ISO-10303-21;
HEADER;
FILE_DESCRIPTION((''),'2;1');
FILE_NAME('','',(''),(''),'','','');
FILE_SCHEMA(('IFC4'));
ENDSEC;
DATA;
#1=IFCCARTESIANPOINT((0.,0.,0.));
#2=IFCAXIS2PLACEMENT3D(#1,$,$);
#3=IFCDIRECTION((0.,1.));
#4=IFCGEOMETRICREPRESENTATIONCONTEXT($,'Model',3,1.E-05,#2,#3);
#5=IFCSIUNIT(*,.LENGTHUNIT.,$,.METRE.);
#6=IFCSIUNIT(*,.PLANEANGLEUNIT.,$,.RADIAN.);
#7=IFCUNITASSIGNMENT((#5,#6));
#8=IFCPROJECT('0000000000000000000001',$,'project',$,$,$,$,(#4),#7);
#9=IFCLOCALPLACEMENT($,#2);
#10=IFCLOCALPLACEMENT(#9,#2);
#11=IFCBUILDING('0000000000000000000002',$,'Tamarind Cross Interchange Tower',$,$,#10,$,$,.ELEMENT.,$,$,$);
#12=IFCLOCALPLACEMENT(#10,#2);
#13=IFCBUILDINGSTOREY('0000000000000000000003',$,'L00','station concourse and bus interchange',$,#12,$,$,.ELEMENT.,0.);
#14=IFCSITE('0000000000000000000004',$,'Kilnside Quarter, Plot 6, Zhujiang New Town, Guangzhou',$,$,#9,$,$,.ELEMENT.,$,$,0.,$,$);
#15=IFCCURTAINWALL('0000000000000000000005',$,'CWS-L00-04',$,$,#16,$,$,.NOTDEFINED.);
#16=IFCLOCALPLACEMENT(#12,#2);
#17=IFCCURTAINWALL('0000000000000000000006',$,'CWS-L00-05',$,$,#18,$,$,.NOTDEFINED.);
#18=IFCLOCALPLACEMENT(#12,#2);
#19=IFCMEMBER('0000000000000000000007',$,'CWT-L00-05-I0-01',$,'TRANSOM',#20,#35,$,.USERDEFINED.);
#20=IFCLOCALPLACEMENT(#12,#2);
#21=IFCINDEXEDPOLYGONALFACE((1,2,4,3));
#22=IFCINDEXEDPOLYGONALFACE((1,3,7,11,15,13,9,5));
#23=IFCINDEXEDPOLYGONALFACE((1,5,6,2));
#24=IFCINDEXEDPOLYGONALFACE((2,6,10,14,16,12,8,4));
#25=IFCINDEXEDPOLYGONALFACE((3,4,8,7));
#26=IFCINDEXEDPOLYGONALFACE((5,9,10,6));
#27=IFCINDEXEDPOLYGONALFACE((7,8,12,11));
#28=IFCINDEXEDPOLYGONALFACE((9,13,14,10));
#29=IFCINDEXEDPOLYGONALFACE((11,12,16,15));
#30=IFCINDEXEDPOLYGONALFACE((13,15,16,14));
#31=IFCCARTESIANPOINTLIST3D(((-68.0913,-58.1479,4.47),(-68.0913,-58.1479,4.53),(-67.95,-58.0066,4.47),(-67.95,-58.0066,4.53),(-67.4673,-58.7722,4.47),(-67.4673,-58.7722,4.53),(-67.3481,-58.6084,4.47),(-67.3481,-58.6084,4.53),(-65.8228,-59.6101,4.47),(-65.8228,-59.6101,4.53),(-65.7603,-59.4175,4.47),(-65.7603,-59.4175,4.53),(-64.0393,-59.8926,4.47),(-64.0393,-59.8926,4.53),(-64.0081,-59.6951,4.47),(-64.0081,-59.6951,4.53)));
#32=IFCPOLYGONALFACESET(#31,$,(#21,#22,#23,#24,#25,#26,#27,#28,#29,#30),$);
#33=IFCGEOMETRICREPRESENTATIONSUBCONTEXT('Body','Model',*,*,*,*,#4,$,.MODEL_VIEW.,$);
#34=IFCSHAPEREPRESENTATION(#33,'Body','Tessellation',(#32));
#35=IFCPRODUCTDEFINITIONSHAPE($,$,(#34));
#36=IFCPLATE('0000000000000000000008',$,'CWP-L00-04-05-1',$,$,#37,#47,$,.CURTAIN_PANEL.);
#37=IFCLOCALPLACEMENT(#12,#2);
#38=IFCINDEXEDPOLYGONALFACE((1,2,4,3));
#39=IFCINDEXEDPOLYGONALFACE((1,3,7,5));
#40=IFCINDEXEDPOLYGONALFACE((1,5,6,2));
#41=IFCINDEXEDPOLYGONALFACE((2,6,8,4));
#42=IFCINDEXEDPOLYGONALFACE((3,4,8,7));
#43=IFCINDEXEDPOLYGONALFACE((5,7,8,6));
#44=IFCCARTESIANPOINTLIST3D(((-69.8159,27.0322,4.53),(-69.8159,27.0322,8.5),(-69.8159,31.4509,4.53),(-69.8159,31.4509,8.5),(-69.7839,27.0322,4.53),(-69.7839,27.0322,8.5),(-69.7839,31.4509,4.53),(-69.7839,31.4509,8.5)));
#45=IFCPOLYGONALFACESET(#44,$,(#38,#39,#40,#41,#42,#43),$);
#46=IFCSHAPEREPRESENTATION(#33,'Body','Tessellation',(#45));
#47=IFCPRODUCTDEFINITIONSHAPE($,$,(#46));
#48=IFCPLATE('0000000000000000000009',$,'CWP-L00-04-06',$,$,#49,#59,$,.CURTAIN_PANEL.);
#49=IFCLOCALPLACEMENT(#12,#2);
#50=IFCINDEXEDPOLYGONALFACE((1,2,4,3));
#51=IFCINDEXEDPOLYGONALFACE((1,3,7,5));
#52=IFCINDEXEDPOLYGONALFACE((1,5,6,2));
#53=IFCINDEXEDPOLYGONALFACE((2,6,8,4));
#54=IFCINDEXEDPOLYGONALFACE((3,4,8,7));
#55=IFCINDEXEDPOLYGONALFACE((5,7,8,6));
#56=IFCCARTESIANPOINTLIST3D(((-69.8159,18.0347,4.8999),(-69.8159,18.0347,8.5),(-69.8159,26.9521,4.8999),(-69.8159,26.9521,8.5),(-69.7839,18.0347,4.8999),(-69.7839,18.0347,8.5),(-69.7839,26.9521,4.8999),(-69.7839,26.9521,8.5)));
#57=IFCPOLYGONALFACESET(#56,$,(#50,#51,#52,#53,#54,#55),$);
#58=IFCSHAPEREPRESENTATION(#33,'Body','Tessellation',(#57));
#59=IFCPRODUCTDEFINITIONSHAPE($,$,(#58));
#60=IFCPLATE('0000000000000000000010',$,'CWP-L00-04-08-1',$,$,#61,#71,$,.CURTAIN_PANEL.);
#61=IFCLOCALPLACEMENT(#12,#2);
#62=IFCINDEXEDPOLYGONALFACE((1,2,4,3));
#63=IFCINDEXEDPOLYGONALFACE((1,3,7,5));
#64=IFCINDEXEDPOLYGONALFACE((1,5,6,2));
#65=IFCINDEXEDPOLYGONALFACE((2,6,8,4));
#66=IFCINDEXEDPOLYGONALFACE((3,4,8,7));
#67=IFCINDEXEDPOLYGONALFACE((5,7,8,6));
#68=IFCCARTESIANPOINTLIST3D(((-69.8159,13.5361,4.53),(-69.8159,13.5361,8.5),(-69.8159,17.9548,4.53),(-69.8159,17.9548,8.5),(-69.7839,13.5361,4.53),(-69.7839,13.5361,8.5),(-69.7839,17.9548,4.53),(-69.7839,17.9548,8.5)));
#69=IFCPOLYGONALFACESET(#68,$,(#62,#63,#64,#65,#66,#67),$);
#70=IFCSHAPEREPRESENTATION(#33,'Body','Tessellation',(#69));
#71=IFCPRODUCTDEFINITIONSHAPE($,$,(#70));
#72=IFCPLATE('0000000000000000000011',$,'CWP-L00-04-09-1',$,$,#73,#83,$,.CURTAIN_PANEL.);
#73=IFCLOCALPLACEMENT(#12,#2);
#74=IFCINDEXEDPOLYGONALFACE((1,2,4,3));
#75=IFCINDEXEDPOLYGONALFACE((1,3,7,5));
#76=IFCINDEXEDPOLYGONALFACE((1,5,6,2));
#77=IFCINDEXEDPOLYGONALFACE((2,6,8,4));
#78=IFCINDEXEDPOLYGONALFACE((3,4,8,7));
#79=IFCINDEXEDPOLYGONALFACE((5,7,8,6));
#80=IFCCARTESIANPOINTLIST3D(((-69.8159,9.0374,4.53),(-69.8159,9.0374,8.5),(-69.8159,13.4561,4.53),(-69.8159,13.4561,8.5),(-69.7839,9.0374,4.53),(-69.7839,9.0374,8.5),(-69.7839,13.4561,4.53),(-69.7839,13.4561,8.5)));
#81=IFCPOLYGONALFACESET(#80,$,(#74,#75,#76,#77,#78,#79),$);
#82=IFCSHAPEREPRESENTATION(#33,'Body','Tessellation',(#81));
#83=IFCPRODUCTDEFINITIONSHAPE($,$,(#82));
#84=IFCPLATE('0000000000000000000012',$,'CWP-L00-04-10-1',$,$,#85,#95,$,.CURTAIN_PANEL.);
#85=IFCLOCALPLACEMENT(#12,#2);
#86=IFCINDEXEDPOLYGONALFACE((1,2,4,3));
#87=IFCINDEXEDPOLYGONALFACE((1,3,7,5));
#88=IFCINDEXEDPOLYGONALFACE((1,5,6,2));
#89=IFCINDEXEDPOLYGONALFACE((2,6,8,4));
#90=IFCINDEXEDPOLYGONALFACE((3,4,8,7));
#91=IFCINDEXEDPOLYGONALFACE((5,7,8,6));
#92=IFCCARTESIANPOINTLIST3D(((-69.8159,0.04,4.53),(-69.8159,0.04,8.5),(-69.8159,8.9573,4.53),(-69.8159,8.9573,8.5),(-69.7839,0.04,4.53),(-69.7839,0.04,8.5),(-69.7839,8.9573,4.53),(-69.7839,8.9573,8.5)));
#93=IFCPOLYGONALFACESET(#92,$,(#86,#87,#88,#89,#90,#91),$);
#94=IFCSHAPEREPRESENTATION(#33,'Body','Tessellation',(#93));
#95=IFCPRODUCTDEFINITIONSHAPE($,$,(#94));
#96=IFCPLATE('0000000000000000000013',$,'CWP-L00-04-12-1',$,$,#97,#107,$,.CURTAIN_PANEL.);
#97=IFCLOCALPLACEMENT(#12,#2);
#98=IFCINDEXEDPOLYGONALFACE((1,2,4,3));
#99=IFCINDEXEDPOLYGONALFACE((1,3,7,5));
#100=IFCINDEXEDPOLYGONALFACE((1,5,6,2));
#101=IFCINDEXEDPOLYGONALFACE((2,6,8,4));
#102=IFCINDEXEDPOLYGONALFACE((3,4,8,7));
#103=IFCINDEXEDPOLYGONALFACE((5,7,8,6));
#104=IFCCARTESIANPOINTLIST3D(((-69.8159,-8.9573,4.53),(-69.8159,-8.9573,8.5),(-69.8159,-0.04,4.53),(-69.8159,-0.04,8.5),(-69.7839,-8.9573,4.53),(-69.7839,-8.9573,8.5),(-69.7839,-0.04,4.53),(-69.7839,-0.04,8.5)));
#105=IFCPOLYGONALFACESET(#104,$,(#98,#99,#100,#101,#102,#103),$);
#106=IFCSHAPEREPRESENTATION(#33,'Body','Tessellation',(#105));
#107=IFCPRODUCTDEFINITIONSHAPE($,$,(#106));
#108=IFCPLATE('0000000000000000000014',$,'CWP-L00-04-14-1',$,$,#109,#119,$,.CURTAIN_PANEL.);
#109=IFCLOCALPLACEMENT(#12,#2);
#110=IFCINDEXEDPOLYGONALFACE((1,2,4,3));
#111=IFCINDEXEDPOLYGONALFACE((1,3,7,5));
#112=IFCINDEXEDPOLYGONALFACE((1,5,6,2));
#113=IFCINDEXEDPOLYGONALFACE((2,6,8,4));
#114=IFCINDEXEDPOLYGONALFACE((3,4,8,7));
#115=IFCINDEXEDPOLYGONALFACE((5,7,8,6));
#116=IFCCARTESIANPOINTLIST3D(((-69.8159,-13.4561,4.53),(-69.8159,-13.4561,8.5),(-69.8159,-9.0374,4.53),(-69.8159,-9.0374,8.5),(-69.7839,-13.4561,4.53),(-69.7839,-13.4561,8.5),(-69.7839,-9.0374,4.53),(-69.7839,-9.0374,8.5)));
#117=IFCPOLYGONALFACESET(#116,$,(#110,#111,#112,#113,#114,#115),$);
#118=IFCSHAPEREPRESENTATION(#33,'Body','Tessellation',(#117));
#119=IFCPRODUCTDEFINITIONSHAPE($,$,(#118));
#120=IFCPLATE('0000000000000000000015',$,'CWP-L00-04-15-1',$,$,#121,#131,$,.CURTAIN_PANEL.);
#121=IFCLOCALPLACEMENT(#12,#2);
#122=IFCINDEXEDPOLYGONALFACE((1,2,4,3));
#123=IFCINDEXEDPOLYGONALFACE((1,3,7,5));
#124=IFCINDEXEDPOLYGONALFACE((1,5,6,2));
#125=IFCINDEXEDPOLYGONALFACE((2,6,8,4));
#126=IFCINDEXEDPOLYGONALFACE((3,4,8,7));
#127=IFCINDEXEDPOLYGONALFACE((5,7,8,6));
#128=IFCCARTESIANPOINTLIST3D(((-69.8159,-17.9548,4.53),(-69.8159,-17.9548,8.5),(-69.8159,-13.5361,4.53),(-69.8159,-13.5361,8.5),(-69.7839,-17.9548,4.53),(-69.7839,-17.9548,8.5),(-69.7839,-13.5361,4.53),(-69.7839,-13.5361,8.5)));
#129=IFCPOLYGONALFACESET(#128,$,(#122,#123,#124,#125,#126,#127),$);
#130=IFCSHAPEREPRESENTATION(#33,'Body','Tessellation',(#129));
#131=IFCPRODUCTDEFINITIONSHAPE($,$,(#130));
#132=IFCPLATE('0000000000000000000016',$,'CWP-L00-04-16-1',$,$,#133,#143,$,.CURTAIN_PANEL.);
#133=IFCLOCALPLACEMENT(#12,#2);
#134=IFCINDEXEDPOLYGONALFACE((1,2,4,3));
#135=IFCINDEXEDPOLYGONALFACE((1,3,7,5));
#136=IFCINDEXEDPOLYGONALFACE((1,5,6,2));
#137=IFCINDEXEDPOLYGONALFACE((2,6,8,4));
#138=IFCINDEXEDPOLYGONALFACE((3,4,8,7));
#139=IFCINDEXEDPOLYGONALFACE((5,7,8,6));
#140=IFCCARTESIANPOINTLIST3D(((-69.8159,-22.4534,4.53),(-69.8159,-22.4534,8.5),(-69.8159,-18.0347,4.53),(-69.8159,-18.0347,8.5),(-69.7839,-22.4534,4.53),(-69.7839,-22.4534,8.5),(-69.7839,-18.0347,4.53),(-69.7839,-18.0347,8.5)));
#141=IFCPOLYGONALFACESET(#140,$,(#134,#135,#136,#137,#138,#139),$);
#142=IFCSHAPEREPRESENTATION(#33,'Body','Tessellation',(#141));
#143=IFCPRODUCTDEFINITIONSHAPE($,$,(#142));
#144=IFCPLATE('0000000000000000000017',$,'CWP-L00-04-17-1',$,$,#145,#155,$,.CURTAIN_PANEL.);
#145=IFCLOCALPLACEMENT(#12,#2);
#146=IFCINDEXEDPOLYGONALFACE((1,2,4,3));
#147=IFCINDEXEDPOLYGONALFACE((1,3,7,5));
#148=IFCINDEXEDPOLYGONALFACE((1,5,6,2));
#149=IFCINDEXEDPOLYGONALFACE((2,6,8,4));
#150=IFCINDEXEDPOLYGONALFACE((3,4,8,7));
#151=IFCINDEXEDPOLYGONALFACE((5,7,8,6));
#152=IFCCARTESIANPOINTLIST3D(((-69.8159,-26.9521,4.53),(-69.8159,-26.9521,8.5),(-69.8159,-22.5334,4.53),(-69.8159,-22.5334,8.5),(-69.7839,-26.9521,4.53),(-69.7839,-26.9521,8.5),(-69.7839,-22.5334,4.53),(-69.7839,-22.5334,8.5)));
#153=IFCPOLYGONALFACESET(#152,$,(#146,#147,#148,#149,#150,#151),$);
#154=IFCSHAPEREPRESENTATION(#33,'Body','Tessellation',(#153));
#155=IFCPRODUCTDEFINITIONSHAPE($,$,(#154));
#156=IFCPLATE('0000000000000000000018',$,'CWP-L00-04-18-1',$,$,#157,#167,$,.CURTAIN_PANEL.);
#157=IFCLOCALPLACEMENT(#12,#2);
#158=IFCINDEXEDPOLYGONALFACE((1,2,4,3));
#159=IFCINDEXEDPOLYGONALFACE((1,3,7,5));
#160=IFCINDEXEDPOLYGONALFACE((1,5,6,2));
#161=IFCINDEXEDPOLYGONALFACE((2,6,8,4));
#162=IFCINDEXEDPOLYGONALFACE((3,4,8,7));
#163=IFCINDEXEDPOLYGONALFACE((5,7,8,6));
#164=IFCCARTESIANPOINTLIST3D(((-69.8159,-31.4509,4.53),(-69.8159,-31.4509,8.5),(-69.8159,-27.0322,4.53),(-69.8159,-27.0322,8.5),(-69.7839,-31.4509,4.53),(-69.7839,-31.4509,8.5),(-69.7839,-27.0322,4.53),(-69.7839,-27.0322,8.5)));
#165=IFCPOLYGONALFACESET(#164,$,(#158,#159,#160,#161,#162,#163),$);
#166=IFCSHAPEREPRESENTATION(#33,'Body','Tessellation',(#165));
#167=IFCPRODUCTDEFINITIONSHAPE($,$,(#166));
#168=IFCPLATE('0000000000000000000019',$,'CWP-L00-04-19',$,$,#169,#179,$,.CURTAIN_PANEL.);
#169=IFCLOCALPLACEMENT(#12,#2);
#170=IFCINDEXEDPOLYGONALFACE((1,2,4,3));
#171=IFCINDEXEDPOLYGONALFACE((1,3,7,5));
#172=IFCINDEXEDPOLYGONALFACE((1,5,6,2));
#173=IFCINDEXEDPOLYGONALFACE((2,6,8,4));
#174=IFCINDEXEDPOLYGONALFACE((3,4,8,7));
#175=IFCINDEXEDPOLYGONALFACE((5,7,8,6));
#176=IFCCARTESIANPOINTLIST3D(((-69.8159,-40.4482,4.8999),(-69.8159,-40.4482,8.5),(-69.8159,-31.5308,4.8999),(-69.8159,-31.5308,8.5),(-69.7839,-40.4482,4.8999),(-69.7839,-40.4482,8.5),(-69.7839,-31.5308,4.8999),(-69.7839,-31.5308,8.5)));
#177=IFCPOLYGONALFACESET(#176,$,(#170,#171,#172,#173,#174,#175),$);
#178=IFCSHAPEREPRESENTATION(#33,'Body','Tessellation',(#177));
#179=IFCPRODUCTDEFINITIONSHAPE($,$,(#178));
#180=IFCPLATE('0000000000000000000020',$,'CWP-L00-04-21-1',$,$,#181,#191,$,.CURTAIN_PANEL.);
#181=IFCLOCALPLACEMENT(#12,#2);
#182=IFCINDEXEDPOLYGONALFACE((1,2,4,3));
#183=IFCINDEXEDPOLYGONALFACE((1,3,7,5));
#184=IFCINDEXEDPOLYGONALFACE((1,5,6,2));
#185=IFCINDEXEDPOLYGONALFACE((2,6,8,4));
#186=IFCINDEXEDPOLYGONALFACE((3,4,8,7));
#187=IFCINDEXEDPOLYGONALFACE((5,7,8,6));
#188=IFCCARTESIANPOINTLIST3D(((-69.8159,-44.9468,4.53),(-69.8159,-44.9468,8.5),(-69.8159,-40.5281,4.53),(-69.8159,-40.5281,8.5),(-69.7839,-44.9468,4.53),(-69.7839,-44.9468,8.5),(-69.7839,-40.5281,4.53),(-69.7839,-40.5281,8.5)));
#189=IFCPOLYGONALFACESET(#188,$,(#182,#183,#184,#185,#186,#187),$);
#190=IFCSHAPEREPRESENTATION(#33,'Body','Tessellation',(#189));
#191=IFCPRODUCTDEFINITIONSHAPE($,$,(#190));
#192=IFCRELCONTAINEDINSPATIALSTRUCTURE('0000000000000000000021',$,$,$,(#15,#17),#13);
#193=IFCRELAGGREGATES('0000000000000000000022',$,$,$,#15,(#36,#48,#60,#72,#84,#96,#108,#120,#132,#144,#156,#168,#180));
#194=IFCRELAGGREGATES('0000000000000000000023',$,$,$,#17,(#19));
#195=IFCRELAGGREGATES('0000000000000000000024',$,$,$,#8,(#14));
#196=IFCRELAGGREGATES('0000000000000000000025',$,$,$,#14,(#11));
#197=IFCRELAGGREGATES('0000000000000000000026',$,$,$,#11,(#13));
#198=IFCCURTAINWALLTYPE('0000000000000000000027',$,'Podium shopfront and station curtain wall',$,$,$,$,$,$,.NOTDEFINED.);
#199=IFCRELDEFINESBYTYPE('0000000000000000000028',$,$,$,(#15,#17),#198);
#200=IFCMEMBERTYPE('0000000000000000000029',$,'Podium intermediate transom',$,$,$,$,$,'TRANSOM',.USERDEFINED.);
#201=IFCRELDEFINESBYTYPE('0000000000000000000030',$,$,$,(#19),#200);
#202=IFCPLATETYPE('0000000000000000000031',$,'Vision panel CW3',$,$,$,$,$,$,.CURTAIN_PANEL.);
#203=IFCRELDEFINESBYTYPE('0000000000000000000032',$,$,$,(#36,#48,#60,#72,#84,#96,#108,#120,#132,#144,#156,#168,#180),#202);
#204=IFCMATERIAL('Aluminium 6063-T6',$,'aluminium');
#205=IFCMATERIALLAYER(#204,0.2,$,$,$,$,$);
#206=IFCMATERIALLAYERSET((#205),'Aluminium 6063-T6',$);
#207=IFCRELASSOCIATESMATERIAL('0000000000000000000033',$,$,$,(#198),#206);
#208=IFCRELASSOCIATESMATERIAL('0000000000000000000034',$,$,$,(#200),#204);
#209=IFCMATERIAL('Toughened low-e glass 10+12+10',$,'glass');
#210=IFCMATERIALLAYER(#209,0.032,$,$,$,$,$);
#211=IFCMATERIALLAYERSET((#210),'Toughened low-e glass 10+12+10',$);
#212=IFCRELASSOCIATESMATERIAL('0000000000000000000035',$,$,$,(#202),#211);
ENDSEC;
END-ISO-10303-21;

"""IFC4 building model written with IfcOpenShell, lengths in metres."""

from ifc_helpers import new_model, si_unit, direction, frame, origin, place, context, subcontext, project, spatial, polyline, outline, extrude, material, layer, layer_set, type_object, element, aggregate, save


model = new_model("IFC4")

# Units and contexts
model_context = context("Model", 3, precision=1e-05, world=origin(), true_north=direction((0.0, 1.0)))
body_context = subcontext(model_context, "Body", "Model", "MODEL_VIEW")
ifc_project = project(units=[si_unit("LENGTHUNIT", "METRE"), si_unit("PLANEANGLEUNIT", "RADIAN")], contexts=[model_context])

# Site, building, storey
site_placement = place(None, origin())
site = spatial("IfcSite", under=ifc_project, at=site_placement, Name="Kilnside Quarter, Plot 6, Zhujiang New Town, Guangzhou", CompositionType="ELEMENT", RefElevation=0.0)
building_placement = place(site_placement, origin())
building = spatial("IfcBuilding", under=site, at=building_placement, Name="Tamarind Cross Interchange Tower", CompositionType="ELEMENT")
storey_placement = place(building_placement, origin())
storey = spatial("IfcBuildingStorey", under=building, at=storey_placement, Name="L00", Description="station concourse and bus interchange", CompositionType="ELEMENT", Elevation=0.0)

# Curtain walls, member
ifc_material_1 = material(Name="Aluminium 6063-T6", Category="aluminium")
ifc_layer_1 = layer(ifc_material_1, 0.2)
ifc_layer_set_1 = layer_set([ifc_layer_1], Name="Aluminium 6063-T6")
curtain_wall_type = type_object("IfcCurtainWallType", Name="Podium shopfront and station curtain wall", PredefinedType="NOTDEFINED", material=ifc_layer_set_1)
curtain_wall_1_placement = place(storey_placement, origin())
curtain_wall_1 = element("IfcCurtainWall", 1, at=curtain_wall_1_placement, inside=storey, type_object=curtain_wall_type, Name="CWS-L00-04", PredefinedType="NOTDEFINED")
member_type = type_object("IfcMemberType", Name="Podium intermediate transom", ElementType="TRANSOM", PredefinedType="USERDEFINED", material=ifc_material_1)
curtain_wall_2_placement = place(storey_placement, origin())
curtain_wall_2 = element("IfcCurtainWall", 2, at=curtain_wall_2_placement, inside=storey, type_object=curtain_wall_type, Name="CWS-L00-05", PredefinedType="NOTDEFINED")
member_1_placement = place(storey_placement, frame((0.0, 0.0, 4.47)))
member_1 = element("IfcMember", 3, at=member_1_placement, type_object=member_type, Name="CWT-L00-05-I0-01", ObjectType="TRANSOM", PredefinedType="USERDEFINED", context=body_context, shape_type="SweptSolid", body=[
    extrude(outline(polyline([(-67.95, -58.0066), (-67.3481, -58.6084), (-65.7603, -59.4175), (-64.0081, -59.6951), (-64.0393, -59.8926), (-65.8228, -59.6101), (-67.4673, -58.7722), (-68.0913, -58.1479), (-67.95, -58.0066)])), origin(), (0.0, 0.0, 1.0), 0.0601),
])

# Plates
ifc_material_2 = material(Name="Toughened low-e glass 10+12+10", Category="glass")
ifc_layer_2 = layer(ifc_material_2, 0.032)
ifc_layer_set_2 = layer_set([ifc_layer_2], Name="Toughened low-e glass 10+12+10")
plate_type = type_object("IfcPlateType", Name="Vision panel CW3", PredefinedType="CURTAIN_PANEL", material=ifc_layer_set_2)
plate_1_placement = place(storey_placement, frame((0.0, 0.0, 4.53)))
plate_1 = element("IfcPlate", 4, at=plate_1_placement, type_object=plate_type, Name="CWP-L00-04-05-1", PredefinedType="CURTAIN_PANEL", context=body_context, shape_type="SweptSolid", body=[
    extrude(outline(polyline([(-69.7839, 31.4509), (-69.7839, 27.0322), (-69.8159, 27.0322), (-69.8159, 31.4509), (-69.7839, 31.4509)])), origin(), (0.0, 0.0, 1.0), 3.97),
])
plate_2_placement = place(storey_placement, frame((0.0, 0.0, 4.8999)))
plate_2 = element("IfcPlate", 5, at=plate_2_placement, type_object=plate_type, Name="CWP-L00-04-06", PredefinedType="CURTAIN_PANEL", context=body_context, shape_type="SweptSolid", body=[
    extrude(outline(polyline([(-69.7839, 26.9521), (-69.7839, 18.0347), (-69.8159, 18.0347), (-69.8159, 26.9521), (-69.7839, 26.9521)])), origin(), (0.0, 0.0, 1.0), 3.6001),
])
plate_3_placement = place(storey_placement, frame((0.0, 0.0, 4.53)))
plate_3 = element("IfcPlate", 6, at=plate_3_placement, type_object=plate_type, Name="CWP-L00-04-08-1", PredefinedType="CURTAIN_PANEL", context=body_context, shape_type="SweptSolid", body=[
    extrude(outline(polyline([(-69.7839, 17.9548), (-69.7839, 13.5361), (-69.8159, 13.5361), (-69.8159, 17.9548), (-69.7839, 17.9548)])), origin(), (0.0, 0.0, 1.0), 3.97),
])
plate_4_placement = place(storey_placement, frame((0.0, 0.0, 4.53)))
plate_4 = element("IfcPlate", 7, at=plate_4_placement, type_object=plate_type, Name="CWP-L00-04-09-1", PredefinedType="CURTAIN_PANEL", context=body_context, shape_type="SweptSolid", body=[
    extrude(outline(polyline([(-69.7839, 13.4561), (-69.7839, 9.0374), (-69.8159, 9.0374), (-69.8159, 13.4561), (-69.7839, 13.4561)])), origin(), (0.0, 0.0, 1.0), 3.97),
])
plate_5_placement = place(storey_placement, frame((0.0, 0.0, 4.53)))
plate_5 = element("IfcPlate", 8, at=plate_5_placement, type_object=plate_type, Name="CWP-L00-04-10-1", PredefinedType="CURTAIN_PANEL", context=body_context, shape_type="SweptSolid", body=[
    extrude(outline(polyline([(-69.7839, 8.9573), (-69.7839, 0.04), (-69.8159, 0.04), (-69.8159, 8.9573), (-69.7839, 8.9573)])), origin(), (0.0, 0.0, 1.0), 3.97),
])
plate_6_placement = place(storey_placement, frame((0.0, 0.0, 4.53)))
plate_6 = element("IfcPlate", 9, at=plate_6_placement, type_object=plate_type, Name="CWP-L00-04-12-1", PredefinedType="CURTAIN_PANEL", context=body_context, shape_type="SweptSolid", body=[
    extrude(outline(polyline([(-69.7839, -0.04), (-69.7839, -8.9573), (-69.8159, -8.9573), (-69.8159, -0.04), (-69.7839, -0.04)])), origin(), (0.0, 0.0, 1.0), 3.97),
])
plate_7_placement = place(storey_placement, frame((0.0, 0.0, 4.53)))
plate_7 = element("IfcPlate", 10, at=plate_7_placement, type_object=plate_type, Name="CWP-L00-04-14-1", PredefinedType="CURTAIN_PANEL", context=body_context, shape_type="SweptSolid", body=[
    extrude(outline(polyline([(-69.7839, -9.0374), (-69.7839, -13.4561), (-69.8159, -13.4561), (-69.8159, -9.0374), (-69.7839, -9.0374)])), origin(), (0.0, 0.0, 1.0), 3.97),
])
plate_8_placement = place(storey_placement, frame((0.0, 0.0, 4.53)))
plate_8 = element("IfcPlate", 11, at=plate_8_placement, type_object=plate_type, Name="CWP-L00-04-15-1", PredefinedType="CURTAIN_PANEL", context=body_context, shape_type="SweptSolid", body=[
    extrude(outline(polyline([(-69.7839, -13.5361), (-69.7839, -17.9548), (-69.8159, -17.9548), (-69.8159, -13.5361), (-69.7839, -13.5361)])), origin(), (0.0, 0.0, 1.0), 3.97),
])
plate_9_placement = place(storey_placement, frame((0.0, 0.0, 4.53)))
plate_9 = element("IfcPlate", 12, at=plate_9_placement, type_object=plate_type, Name="CWP-L00-04-16-1", PredefinedType="CURTAIN_PANEL", context=body_context, shape_type="SweptSolid", body=[
    extrude(outline(polyline([(-69.7839, -18.0347), (-69.7839, -22.4534), (-69.8159, -22.4534), (-69.8159, -18.0347), (-69.7839, -18.0347)])), origin(), (0.0, 0.0, 1.0), 3.97),
])
plate_10_placement = place(storey_placement, frame((0.0, 0.0, 4.53)))
plate_10 = element("IfcPlate", 13, at=plate_10_placement, type_object=plate_type, Name="CWP-L00-04-17-1", PredefinedType="CURTAIN_PANEL", context=body_context, shape_type="SweptSolid", body=[
    extrude(outline(polyline([(-69.7839, -22.5334), (-69.7839, -26.9521), (-69.8159, -26.9521), (-69.8159, -22.5334), (-69.7839, -22.5334)])), origin(), (0.0, 0.0, 1.0), 3.97),
])
plate_11_placement = place(storey_placement, frame((0.0, 0.0, 4.53)))
plate_11 = element("IfcPlate", 14, at=plate_11_placement, type_object=plate_type, Name="CWP-L00-04-18-1", PredefinedType="CURTAIN_PANEL", context=body_context, shape_type="SweptSolid", body=[
    extrude(outline(polyline([(-69.7839, -27.0322), (-69.7839, -31.4509), (-69.8159, -31.4509), (-69.8159, -27.0322), (-69.7839, -27.0322)])), origin(), (0.0, 0.0, 1.0), 3.97),
])
plate_12_placement = place(storey_placement, frame((0.0, 0.0, 4.8999)))
plate_12 = element("IfcPlate", 15, at=plate_12_placement, type_object=plate_type, Name="CWP-L00-04-19", PredefinedType="CURTAIN_PANEL", context=body_context, shape_type="SweptSolid", body=[
    extrude(outline(polyline([(-69.7839, -31.5308), (-69.7839, -40.4482), (-69.8159, -40.4482), (-69.8159, -31.5308), (-69.7839, -31.5308)])), origin(), (0.0, 0.0, 1.0), 3.6001),
])
plate_13_placement = place(storey_placement, frame((0.0, 0.0, 4.53)))
plate_13 = element("IfcPlate", 16, at=plate_13_placement, type_object=plate_type, Name="CWP-L00-04-21-1", PredefinedType="CURTAIN_PANEL", context=body_context, shape_type="SweptSolid", body=[
    extrude(outline(polyline([(-69.7839, -40.5281), (-69.7839, -44.9468), (-69.8159, -44.9468), (-69.8159, -40.5281), (-69.7839, -40.5281)])), origin(), (0.0, 0.0, 1.0), 3.97),
])
aggregate(curtain_wall_1, [plate_1, plate_2, plate_3, plate_4, plate_5, plate_6, plate_7, plate_8, plate_9, plate_10, plate_11, plate_12, plate_13])
aggregate(curtain_wall_2, [member_1])

save(model, "model.ifc")
